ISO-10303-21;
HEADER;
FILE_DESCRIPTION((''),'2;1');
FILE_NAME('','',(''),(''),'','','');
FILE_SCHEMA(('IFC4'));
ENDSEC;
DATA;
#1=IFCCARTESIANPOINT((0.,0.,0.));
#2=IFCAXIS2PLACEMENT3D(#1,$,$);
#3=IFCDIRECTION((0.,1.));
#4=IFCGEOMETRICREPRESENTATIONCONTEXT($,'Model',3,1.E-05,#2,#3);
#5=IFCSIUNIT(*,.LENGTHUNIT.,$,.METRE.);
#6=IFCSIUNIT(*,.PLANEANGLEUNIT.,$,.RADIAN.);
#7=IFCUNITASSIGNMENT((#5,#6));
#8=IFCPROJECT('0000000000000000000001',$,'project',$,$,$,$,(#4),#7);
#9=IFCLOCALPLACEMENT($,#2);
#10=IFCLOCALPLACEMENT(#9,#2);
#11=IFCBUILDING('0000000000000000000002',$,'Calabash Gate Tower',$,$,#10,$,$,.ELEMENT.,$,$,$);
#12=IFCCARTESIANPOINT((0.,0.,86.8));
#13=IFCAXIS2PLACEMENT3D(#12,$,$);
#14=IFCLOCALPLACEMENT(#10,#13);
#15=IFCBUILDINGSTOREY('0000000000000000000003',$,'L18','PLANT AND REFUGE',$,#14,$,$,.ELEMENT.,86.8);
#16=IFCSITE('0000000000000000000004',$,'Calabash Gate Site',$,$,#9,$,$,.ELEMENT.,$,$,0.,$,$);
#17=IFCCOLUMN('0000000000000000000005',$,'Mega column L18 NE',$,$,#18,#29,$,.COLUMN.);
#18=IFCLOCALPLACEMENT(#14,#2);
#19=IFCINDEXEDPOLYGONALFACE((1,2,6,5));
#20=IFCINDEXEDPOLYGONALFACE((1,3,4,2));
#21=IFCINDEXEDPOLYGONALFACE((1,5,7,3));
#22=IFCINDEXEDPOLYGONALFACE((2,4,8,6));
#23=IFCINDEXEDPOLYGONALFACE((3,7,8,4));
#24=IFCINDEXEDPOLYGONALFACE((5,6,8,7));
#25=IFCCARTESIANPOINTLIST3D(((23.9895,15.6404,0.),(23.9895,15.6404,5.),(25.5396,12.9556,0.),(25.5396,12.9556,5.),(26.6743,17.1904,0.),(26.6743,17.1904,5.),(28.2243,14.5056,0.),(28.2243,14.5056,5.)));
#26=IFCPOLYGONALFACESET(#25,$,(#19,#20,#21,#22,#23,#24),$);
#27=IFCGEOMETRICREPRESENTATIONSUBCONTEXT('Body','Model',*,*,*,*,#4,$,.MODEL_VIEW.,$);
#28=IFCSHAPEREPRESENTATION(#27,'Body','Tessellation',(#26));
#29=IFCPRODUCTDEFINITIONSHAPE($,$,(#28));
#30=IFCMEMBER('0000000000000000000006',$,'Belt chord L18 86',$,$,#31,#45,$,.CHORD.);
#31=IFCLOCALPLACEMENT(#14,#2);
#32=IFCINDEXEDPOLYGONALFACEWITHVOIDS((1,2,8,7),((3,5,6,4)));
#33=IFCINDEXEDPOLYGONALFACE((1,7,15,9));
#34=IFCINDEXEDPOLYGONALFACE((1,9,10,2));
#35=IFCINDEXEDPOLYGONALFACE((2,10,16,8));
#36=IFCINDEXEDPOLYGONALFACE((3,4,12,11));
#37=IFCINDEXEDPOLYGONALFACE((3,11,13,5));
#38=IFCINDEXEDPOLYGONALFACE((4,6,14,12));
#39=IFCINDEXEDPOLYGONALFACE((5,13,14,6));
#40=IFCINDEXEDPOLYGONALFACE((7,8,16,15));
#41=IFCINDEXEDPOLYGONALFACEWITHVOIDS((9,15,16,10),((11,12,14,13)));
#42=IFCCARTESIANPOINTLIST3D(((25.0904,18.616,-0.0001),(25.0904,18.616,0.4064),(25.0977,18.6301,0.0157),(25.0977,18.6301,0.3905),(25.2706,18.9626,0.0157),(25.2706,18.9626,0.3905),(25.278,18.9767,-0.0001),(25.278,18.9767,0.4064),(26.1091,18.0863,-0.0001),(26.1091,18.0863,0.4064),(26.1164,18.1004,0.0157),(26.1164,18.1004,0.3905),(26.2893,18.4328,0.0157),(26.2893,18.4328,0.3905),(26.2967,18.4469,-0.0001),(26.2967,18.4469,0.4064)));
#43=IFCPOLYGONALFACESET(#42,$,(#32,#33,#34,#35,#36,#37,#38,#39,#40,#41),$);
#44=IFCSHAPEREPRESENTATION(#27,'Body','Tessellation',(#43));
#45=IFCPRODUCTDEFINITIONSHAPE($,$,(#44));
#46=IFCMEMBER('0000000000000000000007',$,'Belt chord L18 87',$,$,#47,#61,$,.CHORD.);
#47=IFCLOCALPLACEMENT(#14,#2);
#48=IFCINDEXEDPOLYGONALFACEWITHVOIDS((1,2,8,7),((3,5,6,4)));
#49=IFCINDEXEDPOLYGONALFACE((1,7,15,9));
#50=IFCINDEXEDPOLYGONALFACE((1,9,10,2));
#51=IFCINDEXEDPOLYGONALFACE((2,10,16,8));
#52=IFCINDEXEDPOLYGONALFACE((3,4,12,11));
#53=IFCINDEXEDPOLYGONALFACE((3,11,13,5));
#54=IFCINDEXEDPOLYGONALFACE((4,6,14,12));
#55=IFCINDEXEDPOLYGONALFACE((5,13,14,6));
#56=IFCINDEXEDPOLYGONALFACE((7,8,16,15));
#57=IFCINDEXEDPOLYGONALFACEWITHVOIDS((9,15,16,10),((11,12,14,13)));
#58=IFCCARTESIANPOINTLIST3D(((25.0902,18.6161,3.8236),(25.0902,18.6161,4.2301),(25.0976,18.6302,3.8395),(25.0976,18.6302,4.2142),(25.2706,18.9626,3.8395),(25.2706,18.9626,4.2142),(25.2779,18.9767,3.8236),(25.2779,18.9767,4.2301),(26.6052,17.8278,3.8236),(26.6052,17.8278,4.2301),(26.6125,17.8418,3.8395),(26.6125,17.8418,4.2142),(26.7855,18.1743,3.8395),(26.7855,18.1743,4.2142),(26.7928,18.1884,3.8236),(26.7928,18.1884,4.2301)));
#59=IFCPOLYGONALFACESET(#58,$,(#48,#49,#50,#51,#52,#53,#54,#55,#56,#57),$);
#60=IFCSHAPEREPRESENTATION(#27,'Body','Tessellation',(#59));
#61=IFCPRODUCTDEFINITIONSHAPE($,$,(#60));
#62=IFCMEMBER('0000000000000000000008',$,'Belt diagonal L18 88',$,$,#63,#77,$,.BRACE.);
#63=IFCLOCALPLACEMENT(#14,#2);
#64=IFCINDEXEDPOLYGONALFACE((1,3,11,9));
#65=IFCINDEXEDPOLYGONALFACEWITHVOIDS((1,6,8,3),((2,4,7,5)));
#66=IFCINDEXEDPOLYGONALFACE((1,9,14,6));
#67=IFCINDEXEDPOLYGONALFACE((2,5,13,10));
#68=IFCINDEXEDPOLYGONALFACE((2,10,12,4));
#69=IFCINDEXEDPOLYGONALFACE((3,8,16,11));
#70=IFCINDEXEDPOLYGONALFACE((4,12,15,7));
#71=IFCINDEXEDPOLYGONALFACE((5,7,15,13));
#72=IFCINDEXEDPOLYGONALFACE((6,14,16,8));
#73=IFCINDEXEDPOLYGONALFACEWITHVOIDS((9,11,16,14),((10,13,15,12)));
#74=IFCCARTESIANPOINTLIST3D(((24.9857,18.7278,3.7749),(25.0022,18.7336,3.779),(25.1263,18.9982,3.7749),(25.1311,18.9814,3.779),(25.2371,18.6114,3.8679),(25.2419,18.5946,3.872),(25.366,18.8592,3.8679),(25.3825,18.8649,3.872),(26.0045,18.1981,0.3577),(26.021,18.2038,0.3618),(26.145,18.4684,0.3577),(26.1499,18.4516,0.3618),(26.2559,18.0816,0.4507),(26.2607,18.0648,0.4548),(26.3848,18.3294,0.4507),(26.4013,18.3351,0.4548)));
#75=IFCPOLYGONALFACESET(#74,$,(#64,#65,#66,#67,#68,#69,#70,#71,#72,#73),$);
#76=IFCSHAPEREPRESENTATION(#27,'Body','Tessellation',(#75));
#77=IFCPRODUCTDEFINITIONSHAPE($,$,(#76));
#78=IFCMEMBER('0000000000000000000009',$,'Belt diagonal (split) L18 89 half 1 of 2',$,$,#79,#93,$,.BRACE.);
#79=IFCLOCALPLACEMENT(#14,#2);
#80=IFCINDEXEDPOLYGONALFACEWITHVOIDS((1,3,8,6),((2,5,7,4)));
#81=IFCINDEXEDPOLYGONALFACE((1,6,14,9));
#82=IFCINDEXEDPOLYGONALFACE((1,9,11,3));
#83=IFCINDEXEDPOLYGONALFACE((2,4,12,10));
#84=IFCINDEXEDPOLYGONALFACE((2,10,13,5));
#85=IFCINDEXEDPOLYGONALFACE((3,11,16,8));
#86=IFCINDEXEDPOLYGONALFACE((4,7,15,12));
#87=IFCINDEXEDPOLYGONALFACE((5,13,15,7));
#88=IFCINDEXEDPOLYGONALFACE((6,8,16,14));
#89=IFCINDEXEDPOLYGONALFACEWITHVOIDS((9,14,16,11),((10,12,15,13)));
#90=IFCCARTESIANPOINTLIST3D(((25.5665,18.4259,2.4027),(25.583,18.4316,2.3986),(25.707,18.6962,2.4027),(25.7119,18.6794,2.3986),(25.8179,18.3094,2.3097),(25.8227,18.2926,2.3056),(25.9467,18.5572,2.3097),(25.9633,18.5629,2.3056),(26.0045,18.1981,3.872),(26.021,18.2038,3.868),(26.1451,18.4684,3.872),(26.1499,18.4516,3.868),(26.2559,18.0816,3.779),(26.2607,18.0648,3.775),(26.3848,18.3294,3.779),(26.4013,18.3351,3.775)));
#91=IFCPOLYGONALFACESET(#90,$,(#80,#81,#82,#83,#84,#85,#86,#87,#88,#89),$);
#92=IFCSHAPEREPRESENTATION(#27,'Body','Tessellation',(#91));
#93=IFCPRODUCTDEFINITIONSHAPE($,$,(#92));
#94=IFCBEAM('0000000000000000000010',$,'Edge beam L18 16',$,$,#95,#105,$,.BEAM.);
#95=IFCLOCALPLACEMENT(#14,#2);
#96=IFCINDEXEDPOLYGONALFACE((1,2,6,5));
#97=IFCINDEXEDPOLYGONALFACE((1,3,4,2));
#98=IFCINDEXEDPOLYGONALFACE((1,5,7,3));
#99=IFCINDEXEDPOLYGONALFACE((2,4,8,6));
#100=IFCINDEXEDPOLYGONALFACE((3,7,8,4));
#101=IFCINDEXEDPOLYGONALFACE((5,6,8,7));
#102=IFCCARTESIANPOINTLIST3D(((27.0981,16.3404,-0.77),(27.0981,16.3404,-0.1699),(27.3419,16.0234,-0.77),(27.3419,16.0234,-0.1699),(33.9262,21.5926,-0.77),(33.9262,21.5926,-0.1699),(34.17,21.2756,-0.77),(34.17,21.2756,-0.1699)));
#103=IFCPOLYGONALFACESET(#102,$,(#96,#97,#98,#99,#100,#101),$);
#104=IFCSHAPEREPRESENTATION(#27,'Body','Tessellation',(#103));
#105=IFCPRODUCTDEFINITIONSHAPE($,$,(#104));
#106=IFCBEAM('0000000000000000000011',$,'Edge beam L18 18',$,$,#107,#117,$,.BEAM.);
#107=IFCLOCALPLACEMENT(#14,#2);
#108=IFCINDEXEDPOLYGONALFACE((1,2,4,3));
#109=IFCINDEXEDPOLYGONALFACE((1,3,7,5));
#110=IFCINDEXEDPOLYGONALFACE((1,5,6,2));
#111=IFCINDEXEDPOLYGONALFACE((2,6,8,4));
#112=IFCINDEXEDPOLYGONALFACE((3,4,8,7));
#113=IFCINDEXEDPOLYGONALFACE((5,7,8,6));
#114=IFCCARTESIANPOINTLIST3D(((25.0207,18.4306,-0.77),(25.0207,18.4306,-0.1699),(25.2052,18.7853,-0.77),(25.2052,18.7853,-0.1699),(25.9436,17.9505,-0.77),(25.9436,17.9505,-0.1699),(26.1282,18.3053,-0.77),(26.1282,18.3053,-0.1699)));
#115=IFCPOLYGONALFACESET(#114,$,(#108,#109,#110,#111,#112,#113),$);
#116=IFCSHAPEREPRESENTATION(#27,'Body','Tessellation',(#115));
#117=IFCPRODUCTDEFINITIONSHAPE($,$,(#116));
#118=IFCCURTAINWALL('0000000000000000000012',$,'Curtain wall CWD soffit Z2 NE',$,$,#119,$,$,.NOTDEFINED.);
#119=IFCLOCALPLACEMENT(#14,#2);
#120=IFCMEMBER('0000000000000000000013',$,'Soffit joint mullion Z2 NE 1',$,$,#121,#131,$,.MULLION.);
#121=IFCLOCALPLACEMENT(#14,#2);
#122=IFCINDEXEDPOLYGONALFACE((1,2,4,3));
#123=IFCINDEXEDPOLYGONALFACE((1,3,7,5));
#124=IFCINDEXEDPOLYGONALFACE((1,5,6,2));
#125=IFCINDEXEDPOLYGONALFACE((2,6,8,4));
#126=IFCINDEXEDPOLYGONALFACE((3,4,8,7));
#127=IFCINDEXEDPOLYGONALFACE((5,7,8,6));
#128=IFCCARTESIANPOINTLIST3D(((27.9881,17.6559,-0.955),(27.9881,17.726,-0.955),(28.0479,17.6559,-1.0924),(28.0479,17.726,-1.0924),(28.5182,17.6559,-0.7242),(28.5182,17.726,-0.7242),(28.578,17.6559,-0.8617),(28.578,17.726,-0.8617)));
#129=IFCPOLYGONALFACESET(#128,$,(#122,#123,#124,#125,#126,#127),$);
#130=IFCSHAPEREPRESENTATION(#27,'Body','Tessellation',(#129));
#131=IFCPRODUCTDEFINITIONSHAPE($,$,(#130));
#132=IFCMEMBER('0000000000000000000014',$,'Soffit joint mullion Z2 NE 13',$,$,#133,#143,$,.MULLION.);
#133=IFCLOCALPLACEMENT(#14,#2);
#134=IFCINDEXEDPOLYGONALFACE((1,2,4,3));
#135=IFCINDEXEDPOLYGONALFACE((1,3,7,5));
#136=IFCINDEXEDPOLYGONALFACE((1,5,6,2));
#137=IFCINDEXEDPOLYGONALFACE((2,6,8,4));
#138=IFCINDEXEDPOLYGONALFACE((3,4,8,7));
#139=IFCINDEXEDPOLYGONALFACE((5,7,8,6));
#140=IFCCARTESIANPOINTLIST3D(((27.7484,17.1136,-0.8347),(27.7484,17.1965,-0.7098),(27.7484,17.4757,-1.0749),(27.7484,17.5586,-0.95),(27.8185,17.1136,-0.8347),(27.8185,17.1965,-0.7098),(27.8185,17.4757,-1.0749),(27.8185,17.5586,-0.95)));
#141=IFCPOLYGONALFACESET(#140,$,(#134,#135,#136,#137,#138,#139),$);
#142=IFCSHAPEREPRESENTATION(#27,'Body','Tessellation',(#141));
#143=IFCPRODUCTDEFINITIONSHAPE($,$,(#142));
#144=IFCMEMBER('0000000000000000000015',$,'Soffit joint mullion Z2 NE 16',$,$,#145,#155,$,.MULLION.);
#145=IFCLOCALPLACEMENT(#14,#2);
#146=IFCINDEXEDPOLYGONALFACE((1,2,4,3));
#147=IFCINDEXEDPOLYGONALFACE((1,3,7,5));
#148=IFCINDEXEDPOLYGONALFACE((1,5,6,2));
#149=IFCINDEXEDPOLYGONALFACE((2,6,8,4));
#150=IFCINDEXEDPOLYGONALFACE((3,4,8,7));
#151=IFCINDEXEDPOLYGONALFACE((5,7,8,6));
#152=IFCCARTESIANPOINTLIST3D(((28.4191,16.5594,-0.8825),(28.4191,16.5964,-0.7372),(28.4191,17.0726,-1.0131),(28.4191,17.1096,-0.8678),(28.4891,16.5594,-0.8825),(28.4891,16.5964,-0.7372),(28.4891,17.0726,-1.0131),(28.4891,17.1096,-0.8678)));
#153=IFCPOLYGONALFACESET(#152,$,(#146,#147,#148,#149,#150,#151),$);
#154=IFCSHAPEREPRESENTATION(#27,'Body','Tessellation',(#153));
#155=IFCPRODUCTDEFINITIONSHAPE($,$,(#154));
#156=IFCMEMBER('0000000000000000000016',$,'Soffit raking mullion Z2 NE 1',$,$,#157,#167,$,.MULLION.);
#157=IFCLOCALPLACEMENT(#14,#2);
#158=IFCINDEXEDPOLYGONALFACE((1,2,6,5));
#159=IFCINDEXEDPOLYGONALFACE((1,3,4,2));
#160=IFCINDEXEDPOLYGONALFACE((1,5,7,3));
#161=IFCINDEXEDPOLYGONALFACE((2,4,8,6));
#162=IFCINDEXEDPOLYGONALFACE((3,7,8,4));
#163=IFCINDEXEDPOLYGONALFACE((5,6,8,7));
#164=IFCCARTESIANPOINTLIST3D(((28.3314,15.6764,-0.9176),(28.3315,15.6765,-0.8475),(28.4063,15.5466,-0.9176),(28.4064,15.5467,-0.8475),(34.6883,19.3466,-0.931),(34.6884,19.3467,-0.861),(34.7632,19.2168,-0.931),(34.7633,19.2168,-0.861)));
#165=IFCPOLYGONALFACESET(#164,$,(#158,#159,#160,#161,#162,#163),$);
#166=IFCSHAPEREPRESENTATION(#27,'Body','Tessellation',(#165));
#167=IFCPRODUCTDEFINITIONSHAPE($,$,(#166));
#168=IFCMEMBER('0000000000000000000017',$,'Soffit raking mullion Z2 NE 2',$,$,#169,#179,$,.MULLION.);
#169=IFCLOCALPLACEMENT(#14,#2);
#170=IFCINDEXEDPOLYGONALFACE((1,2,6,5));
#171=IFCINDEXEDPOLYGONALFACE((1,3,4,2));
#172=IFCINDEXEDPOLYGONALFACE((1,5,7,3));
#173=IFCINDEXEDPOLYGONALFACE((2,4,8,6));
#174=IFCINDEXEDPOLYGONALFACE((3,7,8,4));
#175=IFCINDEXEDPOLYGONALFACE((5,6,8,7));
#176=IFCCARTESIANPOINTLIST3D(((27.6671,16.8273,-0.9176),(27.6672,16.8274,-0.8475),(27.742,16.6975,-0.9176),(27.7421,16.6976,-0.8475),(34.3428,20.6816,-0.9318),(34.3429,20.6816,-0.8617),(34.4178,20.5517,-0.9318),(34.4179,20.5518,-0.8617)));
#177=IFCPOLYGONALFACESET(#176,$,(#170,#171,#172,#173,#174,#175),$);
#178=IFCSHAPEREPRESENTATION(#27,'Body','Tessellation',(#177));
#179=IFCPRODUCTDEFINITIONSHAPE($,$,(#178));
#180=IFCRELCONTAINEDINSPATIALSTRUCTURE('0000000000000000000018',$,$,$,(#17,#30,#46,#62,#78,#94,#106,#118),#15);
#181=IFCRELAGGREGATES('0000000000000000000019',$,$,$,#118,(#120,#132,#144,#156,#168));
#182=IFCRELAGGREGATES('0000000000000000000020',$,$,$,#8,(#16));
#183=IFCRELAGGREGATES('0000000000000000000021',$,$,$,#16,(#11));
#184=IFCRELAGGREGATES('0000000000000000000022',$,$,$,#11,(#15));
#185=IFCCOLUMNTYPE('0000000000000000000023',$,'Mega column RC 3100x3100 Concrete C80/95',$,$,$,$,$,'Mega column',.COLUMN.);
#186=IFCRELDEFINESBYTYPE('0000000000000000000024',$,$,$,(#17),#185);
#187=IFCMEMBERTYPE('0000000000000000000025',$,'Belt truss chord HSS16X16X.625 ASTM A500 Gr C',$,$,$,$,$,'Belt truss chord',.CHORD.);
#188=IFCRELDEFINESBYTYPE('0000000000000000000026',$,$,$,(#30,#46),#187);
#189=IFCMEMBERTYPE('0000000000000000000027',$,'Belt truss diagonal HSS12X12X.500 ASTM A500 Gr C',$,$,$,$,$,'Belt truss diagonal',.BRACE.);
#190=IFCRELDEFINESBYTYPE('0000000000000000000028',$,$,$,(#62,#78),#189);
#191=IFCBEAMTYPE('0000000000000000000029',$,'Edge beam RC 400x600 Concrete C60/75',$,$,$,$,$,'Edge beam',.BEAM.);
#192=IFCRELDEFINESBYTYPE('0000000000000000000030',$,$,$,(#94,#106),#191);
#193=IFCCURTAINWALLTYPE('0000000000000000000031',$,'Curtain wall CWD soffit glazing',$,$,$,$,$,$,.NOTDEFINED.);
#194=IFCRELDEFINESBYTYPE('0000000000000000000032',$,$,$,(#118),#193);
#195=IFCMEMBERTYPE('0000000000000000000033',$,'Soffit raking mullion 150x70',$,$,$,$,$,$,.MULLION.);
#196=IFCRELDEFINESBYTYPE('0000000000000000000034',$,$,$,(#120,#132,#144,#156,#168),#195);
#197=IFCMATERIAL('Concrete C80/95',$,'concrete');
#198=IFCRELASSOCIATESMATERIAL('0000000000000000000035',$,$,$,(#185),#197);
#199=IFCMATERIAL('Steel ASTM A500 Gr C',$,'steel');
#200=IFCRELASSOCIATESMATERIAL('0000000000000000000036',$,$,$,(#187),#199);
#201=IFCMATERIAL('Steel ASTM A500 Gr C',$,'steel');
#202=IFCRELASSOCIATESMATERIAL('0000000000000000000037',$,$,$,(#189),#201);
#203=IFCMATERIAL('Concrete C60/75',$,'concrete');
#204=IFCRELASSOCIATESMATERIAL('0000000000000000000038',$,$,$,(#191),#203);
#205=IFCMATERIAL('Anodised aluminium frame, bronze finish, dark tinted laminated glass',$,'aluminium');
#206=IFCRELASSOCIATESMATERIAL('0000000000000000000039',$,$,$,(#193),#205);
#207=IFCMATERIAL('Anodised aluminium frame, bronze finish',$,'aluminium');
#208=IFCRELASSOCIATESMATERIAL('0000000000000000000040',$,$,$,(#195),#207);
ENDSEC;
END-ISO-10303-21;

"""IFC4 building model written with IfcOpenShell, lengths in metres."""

from ifc_helpers import new_model, si_unit, direction, frame, origin, origin_2d, place, context, subcontext, project, spatial, rectangle, hollow_rectangle, extrude, material, material_profile, profile_set, type_object, element, aggregate, save


model = new_model("IFC4")

# Units and contexts
model_context = context("Model", 3, precision=1e-05, world=origin(), true_north=direction((0.0, 1.0)))
body_context = subcontext(model_context, "Body", "Model", "MODEL_VIEW")
ifc_project = project(units=[si_unit("LENGTHUNIT", "METRE"), si_unit("PLANEANGLEUNIT", "RADIAN")], contexts=[model_context])

# Site, building, storey
site_placement = place(None, origin())
site = spatial("IfcSite", under=ifc_project, at=site_placement, Name="Calabash Gate Site", CompositionType="ELEMENT", RefElevation=0.0)
building_placement = place(site_placement, origin())
building = spatial("IfcBuilding", under=site, at=building_placement, Name="Calabash Gate Tower", CompositionType="ELEMENT")
storey_placement = place(building_placement, frame((0.0, 0.0, 86.8)))
storey = spatial("IfcBuildingStorey", under=building, at=storey_placement, Name="L18", Description="PLANT AND REFUGE", CompositionType="ELEMENT", Elevation=86.8)

# Column
ifc_material_1 = material(Name="Concrete C80/95", Category="concrete")
ifc_material_profile_1 = material_profile(ifc_material_1, rectangle(XDim=3.1001, YDim=3.1001, at=origin_2d()))
ifc_profile_set_1 = profile_set([ifc_material_profile_1], Name="Concrete C80/95")
column_type_1 = type_object("IfcColumnType", Name="Mega column RC 3100x3100 Concrete C80/95", ElementType="Mega column", PredefinedType="COLUMN", material=ifc_profile_set_1)
column_1_placement = place(storey_placement, frame((26.1069, 15.073, 0.0), z_axis=(0.0, 0.0, 1.0), x_axis=(-0.866025, -0.5, 0.0)))
element("IfcColumn", 1, at=column_1_placement, inside=storey, type_object=column_type_1, Name="Mega column L18 NE", PredefinedType="COLUMN", context=body_context, shape_type="SweptSolid", body=[
    extrude(rectangle(XDim=3.1001, YDim=3.1001, at=origin_2d()), origin(), (0.0, 0.0, 1.0), 5.0),
])

# Members
ifc_material_2 = material(Name="Steel ASTM A500 Gr C", Category="steel")
ifc_material_profile_2 = material_profile(ifc_material_2, hollow_rectangle(XDim=0.4065, YDim=0.4065, WallThickness=0.0159, at=origin_2d()))
ifc_profile_set_2 = profile_set([ifc_material_profile_2], Name="Steel ASTM A500 Gr C")
member_type_1 = type_object("IfcMemberType", Name="Belt truss chord HSS16X16X.625 ASTM A500 Gr C", ElementType="Belt truss chord", PredefinedType="CHORD", material=ifc_profile_set_2)
member_1_placement = place(storey_placement, frame((26.2029, 18.2666, 0.2031), z_axis=(-0.887213, 0.461359, 0.0), x_axis=(-0.461359, -0.887213, 0.0)))
element("IfcMember", 2, at=member_1_placement, inside=storey, type_object=member_type_1, Name="Belt chord L18 86", PredefinedType="CHORD", context=body_context, shape_type="SweptSolid", body=[
    extrude(hollow_rectangle(XDim=0.4065, YDim=0.4065, WallThickness=0.0159, at=origin_2d()), origin(), (0.0, 0.0, 1.0), 1.1482),
])
member_2_placement = place(storey_placement, frame((26.699, 18.0081, 4.0269), z_axis=(-0.887076, 0.461623, 0.0), x_axis=(-0.461623, -0.887076, 0.0)))
element("IfcMember", 3, at=member_2_placement, inside=storey, type_object=member_type_1, Name="Belt chord L18 87", PredefinedType="CHORD", context=body_context, shape_type="SweptSolid", body=[
    extrude(hollow_rectangle(XDim=0.4065, YDim=0.4065, WallThickness=0.0159, at=origin_2d()), origin(), (0.0, 0.0, 1.0), 1.7078),
])
ifc_material_3 = material(Name="Steel ASTM A500 Gr C", Category="steel")
ifc_material_profile_3 = material_profile(ifc_material_3, hollow_rectangle(XDim=0.3047, YDim=0.3047, WallThickness=0.0127, at=origin_2d()))
ifc_profile_set_3 = profile_set([ifc_material_profile_3], Name="Steel ASTM A500 Gr C")
member_type_2 = type_object("IfcMemberType", Name="Belt truss diagonal HSS12X12X.500 ASTM A500 Gr C", ElementType="Belt truss diagonal", PredefinedType="BRACE", material=ifc_profile_set_3)
member_3_placement = place(storey_placement, frame((26.2029, 18.2666, 0.4062), z_axis=(-0.282606, 0.146958, 0.947912), x_axis=(-0.461359, -0.887213, 0.0)))
element("IfcMember", 4, at=member_3_placement, inside=storey, type_object=member_type_2, Name="Belt diagonal L18 88", PredefinedType="BRACE", context=body_context, shape_type="SweptSolid", body=[
    extrude(hollow_rectangle(XDim=0.3047, YDim=0.3047, WallThickness=0.0127, at=origin_2d()), origin(), (0.0, 0.0, 1.0), 3.605),
])
member_4_placement = place(storey_placement, frame((26.2029, 18.2666, 3.8235), z_axis=(-0.28258, 0.146961, -0.947919), x_axis=(-0.461399, -0.887193, 0.0)))
element("IfcMember", 5, at=member_4_placement, inside=storey, type_object=member_type_2, Name="Belt diagonal (split) L18 89 half 1 of 2", PredefinedType="BRACE", context=body_context, shape_type="SweptSolid", body=[
    extrude(hollow_rectangle(XDim=0.3047, YDim=0.3047, WallThickness=0.0127, at=origin_2d()), origin(), (0.0, 0.0, 1.0), 1.55),
])

# Beams
ifc_material_4 = material(Name="Concrete C60/75", Category="concrete")
ifc_material_profile_4 = material_profile(ifc_material_4, rectangle(XDim=0.3999, YDim=0.6001, at=origin_2d()))
ifc_profile_set_4 = profile_set([ifc_material_profile_4], Name="Concrete C60/75")
beam_type_1 = type_object("IfcBeamType", Name="Edge beam RC 400x600 Concrete C60/75", ElementType="Edge beam", PredefinedType="BEAM", material=ifc_profile_set_4)
beam_1_placement = place(storey_placement, frame((27.22, 16.1819, -0.47), z_axis=(0.792636, 0.609696, 0.0), x_axis=(-0.609696, 0.792636, 0.0)))
element("IfcBeam", 6, at=beam_1_placement, inside=storey, type_object=beam_type_1, Name="Edge beam L18 16", PredefinedType="BEAM", context=body_context, shape_type="SweptSolid", body=[
    extrude(rectangle(XDim=0.3999, YDim=0.6001, at=origin_2d()), origin(), (0.0, 0.0, 1.0), 8.6145),
])
beam_2_placement = place(storey_placement, frame((26.0359, 18.1279, -0.47), z_axis=(-0.887178, 0.461427, 0.0), x_axis=(-0.461427, -0.887178, 0.0)))
element("IfcBeam", 7, at=beam_2_placement, inside=storey, type_object=beam_type_1, Name="Edge beam L18 18", PredefinedType="BEAM", context=body_context, shape_type="SweptSolid", body=[
    extrude(rectangle(XDim=0.3999, YDim=0.6001, at=origin_2d()), origin(), (0.0, 0.0, 1.0), 1.0403),
])

# Curtain wall, members
ifc_material_5 = material(Name="Anodised aluminium frame, bronze finish, dark tinted laminated glass", Category="aluminium")
curtain_wall_type = type_object("IfcCurtainWallType", Name="Curtain wall CWD soffit glazing", PredefinedType="NOTDEFINED", material=ifc_material_5)
curtain_wall_placement = place(storey_placement, origin())
curtain_wall = element("IfcCurtainWall", 8, at=curtain_wall_placement, inside=storey, type_object=curtain_wall_type, Name="Curtain wall CWD soffit Z2 NE", PredefinedType="NOTDEFINED")
ifc_material_6 = material(Name="Anodised aluminium frame, bronze finish", Category="aluminium")
ifc_material_profile_5 = material_profile(ifc_material_6, rectangle(XDim=0.1499, YDim=0.0701, at=origin_2d()))
ifc_profile_set_5 = profile_set([ifc_material_profile_5], Name="Anodised aluminium frame, bronze finish")
member_type_3 = type_object("IfcMemberType", Name="Soffit raking mullion 150x70", PredefinedType="MULLION", material=ifc_profile_set_5)
member_5_placement = place(storey_placement, frame((28.5481, 17.6909, -0.793), z_axis=(-0.916902, 0.0, -0.399112), x_axis=(-0.399112, 0.0, 0.916902)))
member_5 = element("IfcMember", 9, at=member_5_placement, type_object=member_type_3, Name="Soffit joint mullion Z2 NE 1", PredefinedType="MULLION", context=body_context, shape_type="SweptSolid", body=[
    extrude(rectangle(XDim=0.1499, YDim=0.0701, at=origin_2d()), origin(), (0.0, 0.0, 1.0), 0.5781),
])
member_6_placement = place(storey_placement, frame((27.7834, 17.155, -0.7722), z_axis=(0.0, 0.833259, -0.552884), x_axis=(0.0, 0.552884, 0.833259)))
member_6 = element("IfcMember", 10, at=member_6_placement, type_object=member_type_3, Name="Soffit joint mullion Z2 NE 13", PredefinedType="MULLION", context=body_context, shape_type="SweptSolid", body=[
    extrude(rectangle(XDim=0.1499, YDim=0.0701, at=origin_2d()), origin(), (0.0, 0.0, 1.0), 0.4346),
])
member_7_placement = place(storey_placement, frame((28.4541, 17.0911, -0.9404), z_axis=(0.0, -0.969103, 0.246656), x_axis=(0.0, 0.246656, 0.969103)))
member_7 = element("IfcMember", 11, at=member_7_placement, type_object=member_type_3, Name="Soffit joint mullion Z2 NE 16", PredefinedType="MULLION", context=body_context, shape_type="SweptSolid", body=[
    extrude(rectangle(XDim=0.1499, YDim=0.0701, at=origin_2d()), origin(), (0.0, 0.0, 1.0), 0.5295),
])
member_8_placement = place(storey_placement, frame((28.3689, 15.6116, -0.8826), z_axis=(0.866025, 0.499998, -0.001829), x_axis=(-0.499999, 0.866026, 0.0)))
member_8 = element("IfcMember", 12, at=member_8_placement, type_object=member_type_3, Name="Soffit raking mullion Z2 NE 1", PredefinedType="MULLION", context=body_context, shape_type="SweptSolid", body=[
    extrude(rectangle(XDim=0.1499, YDim=0.0701, at=origin_2d()), origin(), (0.0, 0.0, 1.0), 7.3403),
])
member_9_placement = place(storey_placement, frame((27.7046, 16.7625, -0.8826), z_axis=(0.866025, 0.499998, -0.001837), x_axis=(-0.499998, 0.866026, 0.0)))
member_9 = element("IfcMember", 13, at=member_9_placement, type_object=member_type_3, Name="Soffit raking mullion Z2 NE 2", PredefinedType="MULLION", context=body_context, shape_type="SweptSolid", body=[
    extrude(rectangle(XDim=0.1499, YDim=0.0701, at=origin_2d()), origin(), (0.0, 0.0, 1.0), 7.7085),
])
aggregate(curtain_wall, [member_5, member_6, member_7, member_8, member_9])

save(model, "model.ifc")
